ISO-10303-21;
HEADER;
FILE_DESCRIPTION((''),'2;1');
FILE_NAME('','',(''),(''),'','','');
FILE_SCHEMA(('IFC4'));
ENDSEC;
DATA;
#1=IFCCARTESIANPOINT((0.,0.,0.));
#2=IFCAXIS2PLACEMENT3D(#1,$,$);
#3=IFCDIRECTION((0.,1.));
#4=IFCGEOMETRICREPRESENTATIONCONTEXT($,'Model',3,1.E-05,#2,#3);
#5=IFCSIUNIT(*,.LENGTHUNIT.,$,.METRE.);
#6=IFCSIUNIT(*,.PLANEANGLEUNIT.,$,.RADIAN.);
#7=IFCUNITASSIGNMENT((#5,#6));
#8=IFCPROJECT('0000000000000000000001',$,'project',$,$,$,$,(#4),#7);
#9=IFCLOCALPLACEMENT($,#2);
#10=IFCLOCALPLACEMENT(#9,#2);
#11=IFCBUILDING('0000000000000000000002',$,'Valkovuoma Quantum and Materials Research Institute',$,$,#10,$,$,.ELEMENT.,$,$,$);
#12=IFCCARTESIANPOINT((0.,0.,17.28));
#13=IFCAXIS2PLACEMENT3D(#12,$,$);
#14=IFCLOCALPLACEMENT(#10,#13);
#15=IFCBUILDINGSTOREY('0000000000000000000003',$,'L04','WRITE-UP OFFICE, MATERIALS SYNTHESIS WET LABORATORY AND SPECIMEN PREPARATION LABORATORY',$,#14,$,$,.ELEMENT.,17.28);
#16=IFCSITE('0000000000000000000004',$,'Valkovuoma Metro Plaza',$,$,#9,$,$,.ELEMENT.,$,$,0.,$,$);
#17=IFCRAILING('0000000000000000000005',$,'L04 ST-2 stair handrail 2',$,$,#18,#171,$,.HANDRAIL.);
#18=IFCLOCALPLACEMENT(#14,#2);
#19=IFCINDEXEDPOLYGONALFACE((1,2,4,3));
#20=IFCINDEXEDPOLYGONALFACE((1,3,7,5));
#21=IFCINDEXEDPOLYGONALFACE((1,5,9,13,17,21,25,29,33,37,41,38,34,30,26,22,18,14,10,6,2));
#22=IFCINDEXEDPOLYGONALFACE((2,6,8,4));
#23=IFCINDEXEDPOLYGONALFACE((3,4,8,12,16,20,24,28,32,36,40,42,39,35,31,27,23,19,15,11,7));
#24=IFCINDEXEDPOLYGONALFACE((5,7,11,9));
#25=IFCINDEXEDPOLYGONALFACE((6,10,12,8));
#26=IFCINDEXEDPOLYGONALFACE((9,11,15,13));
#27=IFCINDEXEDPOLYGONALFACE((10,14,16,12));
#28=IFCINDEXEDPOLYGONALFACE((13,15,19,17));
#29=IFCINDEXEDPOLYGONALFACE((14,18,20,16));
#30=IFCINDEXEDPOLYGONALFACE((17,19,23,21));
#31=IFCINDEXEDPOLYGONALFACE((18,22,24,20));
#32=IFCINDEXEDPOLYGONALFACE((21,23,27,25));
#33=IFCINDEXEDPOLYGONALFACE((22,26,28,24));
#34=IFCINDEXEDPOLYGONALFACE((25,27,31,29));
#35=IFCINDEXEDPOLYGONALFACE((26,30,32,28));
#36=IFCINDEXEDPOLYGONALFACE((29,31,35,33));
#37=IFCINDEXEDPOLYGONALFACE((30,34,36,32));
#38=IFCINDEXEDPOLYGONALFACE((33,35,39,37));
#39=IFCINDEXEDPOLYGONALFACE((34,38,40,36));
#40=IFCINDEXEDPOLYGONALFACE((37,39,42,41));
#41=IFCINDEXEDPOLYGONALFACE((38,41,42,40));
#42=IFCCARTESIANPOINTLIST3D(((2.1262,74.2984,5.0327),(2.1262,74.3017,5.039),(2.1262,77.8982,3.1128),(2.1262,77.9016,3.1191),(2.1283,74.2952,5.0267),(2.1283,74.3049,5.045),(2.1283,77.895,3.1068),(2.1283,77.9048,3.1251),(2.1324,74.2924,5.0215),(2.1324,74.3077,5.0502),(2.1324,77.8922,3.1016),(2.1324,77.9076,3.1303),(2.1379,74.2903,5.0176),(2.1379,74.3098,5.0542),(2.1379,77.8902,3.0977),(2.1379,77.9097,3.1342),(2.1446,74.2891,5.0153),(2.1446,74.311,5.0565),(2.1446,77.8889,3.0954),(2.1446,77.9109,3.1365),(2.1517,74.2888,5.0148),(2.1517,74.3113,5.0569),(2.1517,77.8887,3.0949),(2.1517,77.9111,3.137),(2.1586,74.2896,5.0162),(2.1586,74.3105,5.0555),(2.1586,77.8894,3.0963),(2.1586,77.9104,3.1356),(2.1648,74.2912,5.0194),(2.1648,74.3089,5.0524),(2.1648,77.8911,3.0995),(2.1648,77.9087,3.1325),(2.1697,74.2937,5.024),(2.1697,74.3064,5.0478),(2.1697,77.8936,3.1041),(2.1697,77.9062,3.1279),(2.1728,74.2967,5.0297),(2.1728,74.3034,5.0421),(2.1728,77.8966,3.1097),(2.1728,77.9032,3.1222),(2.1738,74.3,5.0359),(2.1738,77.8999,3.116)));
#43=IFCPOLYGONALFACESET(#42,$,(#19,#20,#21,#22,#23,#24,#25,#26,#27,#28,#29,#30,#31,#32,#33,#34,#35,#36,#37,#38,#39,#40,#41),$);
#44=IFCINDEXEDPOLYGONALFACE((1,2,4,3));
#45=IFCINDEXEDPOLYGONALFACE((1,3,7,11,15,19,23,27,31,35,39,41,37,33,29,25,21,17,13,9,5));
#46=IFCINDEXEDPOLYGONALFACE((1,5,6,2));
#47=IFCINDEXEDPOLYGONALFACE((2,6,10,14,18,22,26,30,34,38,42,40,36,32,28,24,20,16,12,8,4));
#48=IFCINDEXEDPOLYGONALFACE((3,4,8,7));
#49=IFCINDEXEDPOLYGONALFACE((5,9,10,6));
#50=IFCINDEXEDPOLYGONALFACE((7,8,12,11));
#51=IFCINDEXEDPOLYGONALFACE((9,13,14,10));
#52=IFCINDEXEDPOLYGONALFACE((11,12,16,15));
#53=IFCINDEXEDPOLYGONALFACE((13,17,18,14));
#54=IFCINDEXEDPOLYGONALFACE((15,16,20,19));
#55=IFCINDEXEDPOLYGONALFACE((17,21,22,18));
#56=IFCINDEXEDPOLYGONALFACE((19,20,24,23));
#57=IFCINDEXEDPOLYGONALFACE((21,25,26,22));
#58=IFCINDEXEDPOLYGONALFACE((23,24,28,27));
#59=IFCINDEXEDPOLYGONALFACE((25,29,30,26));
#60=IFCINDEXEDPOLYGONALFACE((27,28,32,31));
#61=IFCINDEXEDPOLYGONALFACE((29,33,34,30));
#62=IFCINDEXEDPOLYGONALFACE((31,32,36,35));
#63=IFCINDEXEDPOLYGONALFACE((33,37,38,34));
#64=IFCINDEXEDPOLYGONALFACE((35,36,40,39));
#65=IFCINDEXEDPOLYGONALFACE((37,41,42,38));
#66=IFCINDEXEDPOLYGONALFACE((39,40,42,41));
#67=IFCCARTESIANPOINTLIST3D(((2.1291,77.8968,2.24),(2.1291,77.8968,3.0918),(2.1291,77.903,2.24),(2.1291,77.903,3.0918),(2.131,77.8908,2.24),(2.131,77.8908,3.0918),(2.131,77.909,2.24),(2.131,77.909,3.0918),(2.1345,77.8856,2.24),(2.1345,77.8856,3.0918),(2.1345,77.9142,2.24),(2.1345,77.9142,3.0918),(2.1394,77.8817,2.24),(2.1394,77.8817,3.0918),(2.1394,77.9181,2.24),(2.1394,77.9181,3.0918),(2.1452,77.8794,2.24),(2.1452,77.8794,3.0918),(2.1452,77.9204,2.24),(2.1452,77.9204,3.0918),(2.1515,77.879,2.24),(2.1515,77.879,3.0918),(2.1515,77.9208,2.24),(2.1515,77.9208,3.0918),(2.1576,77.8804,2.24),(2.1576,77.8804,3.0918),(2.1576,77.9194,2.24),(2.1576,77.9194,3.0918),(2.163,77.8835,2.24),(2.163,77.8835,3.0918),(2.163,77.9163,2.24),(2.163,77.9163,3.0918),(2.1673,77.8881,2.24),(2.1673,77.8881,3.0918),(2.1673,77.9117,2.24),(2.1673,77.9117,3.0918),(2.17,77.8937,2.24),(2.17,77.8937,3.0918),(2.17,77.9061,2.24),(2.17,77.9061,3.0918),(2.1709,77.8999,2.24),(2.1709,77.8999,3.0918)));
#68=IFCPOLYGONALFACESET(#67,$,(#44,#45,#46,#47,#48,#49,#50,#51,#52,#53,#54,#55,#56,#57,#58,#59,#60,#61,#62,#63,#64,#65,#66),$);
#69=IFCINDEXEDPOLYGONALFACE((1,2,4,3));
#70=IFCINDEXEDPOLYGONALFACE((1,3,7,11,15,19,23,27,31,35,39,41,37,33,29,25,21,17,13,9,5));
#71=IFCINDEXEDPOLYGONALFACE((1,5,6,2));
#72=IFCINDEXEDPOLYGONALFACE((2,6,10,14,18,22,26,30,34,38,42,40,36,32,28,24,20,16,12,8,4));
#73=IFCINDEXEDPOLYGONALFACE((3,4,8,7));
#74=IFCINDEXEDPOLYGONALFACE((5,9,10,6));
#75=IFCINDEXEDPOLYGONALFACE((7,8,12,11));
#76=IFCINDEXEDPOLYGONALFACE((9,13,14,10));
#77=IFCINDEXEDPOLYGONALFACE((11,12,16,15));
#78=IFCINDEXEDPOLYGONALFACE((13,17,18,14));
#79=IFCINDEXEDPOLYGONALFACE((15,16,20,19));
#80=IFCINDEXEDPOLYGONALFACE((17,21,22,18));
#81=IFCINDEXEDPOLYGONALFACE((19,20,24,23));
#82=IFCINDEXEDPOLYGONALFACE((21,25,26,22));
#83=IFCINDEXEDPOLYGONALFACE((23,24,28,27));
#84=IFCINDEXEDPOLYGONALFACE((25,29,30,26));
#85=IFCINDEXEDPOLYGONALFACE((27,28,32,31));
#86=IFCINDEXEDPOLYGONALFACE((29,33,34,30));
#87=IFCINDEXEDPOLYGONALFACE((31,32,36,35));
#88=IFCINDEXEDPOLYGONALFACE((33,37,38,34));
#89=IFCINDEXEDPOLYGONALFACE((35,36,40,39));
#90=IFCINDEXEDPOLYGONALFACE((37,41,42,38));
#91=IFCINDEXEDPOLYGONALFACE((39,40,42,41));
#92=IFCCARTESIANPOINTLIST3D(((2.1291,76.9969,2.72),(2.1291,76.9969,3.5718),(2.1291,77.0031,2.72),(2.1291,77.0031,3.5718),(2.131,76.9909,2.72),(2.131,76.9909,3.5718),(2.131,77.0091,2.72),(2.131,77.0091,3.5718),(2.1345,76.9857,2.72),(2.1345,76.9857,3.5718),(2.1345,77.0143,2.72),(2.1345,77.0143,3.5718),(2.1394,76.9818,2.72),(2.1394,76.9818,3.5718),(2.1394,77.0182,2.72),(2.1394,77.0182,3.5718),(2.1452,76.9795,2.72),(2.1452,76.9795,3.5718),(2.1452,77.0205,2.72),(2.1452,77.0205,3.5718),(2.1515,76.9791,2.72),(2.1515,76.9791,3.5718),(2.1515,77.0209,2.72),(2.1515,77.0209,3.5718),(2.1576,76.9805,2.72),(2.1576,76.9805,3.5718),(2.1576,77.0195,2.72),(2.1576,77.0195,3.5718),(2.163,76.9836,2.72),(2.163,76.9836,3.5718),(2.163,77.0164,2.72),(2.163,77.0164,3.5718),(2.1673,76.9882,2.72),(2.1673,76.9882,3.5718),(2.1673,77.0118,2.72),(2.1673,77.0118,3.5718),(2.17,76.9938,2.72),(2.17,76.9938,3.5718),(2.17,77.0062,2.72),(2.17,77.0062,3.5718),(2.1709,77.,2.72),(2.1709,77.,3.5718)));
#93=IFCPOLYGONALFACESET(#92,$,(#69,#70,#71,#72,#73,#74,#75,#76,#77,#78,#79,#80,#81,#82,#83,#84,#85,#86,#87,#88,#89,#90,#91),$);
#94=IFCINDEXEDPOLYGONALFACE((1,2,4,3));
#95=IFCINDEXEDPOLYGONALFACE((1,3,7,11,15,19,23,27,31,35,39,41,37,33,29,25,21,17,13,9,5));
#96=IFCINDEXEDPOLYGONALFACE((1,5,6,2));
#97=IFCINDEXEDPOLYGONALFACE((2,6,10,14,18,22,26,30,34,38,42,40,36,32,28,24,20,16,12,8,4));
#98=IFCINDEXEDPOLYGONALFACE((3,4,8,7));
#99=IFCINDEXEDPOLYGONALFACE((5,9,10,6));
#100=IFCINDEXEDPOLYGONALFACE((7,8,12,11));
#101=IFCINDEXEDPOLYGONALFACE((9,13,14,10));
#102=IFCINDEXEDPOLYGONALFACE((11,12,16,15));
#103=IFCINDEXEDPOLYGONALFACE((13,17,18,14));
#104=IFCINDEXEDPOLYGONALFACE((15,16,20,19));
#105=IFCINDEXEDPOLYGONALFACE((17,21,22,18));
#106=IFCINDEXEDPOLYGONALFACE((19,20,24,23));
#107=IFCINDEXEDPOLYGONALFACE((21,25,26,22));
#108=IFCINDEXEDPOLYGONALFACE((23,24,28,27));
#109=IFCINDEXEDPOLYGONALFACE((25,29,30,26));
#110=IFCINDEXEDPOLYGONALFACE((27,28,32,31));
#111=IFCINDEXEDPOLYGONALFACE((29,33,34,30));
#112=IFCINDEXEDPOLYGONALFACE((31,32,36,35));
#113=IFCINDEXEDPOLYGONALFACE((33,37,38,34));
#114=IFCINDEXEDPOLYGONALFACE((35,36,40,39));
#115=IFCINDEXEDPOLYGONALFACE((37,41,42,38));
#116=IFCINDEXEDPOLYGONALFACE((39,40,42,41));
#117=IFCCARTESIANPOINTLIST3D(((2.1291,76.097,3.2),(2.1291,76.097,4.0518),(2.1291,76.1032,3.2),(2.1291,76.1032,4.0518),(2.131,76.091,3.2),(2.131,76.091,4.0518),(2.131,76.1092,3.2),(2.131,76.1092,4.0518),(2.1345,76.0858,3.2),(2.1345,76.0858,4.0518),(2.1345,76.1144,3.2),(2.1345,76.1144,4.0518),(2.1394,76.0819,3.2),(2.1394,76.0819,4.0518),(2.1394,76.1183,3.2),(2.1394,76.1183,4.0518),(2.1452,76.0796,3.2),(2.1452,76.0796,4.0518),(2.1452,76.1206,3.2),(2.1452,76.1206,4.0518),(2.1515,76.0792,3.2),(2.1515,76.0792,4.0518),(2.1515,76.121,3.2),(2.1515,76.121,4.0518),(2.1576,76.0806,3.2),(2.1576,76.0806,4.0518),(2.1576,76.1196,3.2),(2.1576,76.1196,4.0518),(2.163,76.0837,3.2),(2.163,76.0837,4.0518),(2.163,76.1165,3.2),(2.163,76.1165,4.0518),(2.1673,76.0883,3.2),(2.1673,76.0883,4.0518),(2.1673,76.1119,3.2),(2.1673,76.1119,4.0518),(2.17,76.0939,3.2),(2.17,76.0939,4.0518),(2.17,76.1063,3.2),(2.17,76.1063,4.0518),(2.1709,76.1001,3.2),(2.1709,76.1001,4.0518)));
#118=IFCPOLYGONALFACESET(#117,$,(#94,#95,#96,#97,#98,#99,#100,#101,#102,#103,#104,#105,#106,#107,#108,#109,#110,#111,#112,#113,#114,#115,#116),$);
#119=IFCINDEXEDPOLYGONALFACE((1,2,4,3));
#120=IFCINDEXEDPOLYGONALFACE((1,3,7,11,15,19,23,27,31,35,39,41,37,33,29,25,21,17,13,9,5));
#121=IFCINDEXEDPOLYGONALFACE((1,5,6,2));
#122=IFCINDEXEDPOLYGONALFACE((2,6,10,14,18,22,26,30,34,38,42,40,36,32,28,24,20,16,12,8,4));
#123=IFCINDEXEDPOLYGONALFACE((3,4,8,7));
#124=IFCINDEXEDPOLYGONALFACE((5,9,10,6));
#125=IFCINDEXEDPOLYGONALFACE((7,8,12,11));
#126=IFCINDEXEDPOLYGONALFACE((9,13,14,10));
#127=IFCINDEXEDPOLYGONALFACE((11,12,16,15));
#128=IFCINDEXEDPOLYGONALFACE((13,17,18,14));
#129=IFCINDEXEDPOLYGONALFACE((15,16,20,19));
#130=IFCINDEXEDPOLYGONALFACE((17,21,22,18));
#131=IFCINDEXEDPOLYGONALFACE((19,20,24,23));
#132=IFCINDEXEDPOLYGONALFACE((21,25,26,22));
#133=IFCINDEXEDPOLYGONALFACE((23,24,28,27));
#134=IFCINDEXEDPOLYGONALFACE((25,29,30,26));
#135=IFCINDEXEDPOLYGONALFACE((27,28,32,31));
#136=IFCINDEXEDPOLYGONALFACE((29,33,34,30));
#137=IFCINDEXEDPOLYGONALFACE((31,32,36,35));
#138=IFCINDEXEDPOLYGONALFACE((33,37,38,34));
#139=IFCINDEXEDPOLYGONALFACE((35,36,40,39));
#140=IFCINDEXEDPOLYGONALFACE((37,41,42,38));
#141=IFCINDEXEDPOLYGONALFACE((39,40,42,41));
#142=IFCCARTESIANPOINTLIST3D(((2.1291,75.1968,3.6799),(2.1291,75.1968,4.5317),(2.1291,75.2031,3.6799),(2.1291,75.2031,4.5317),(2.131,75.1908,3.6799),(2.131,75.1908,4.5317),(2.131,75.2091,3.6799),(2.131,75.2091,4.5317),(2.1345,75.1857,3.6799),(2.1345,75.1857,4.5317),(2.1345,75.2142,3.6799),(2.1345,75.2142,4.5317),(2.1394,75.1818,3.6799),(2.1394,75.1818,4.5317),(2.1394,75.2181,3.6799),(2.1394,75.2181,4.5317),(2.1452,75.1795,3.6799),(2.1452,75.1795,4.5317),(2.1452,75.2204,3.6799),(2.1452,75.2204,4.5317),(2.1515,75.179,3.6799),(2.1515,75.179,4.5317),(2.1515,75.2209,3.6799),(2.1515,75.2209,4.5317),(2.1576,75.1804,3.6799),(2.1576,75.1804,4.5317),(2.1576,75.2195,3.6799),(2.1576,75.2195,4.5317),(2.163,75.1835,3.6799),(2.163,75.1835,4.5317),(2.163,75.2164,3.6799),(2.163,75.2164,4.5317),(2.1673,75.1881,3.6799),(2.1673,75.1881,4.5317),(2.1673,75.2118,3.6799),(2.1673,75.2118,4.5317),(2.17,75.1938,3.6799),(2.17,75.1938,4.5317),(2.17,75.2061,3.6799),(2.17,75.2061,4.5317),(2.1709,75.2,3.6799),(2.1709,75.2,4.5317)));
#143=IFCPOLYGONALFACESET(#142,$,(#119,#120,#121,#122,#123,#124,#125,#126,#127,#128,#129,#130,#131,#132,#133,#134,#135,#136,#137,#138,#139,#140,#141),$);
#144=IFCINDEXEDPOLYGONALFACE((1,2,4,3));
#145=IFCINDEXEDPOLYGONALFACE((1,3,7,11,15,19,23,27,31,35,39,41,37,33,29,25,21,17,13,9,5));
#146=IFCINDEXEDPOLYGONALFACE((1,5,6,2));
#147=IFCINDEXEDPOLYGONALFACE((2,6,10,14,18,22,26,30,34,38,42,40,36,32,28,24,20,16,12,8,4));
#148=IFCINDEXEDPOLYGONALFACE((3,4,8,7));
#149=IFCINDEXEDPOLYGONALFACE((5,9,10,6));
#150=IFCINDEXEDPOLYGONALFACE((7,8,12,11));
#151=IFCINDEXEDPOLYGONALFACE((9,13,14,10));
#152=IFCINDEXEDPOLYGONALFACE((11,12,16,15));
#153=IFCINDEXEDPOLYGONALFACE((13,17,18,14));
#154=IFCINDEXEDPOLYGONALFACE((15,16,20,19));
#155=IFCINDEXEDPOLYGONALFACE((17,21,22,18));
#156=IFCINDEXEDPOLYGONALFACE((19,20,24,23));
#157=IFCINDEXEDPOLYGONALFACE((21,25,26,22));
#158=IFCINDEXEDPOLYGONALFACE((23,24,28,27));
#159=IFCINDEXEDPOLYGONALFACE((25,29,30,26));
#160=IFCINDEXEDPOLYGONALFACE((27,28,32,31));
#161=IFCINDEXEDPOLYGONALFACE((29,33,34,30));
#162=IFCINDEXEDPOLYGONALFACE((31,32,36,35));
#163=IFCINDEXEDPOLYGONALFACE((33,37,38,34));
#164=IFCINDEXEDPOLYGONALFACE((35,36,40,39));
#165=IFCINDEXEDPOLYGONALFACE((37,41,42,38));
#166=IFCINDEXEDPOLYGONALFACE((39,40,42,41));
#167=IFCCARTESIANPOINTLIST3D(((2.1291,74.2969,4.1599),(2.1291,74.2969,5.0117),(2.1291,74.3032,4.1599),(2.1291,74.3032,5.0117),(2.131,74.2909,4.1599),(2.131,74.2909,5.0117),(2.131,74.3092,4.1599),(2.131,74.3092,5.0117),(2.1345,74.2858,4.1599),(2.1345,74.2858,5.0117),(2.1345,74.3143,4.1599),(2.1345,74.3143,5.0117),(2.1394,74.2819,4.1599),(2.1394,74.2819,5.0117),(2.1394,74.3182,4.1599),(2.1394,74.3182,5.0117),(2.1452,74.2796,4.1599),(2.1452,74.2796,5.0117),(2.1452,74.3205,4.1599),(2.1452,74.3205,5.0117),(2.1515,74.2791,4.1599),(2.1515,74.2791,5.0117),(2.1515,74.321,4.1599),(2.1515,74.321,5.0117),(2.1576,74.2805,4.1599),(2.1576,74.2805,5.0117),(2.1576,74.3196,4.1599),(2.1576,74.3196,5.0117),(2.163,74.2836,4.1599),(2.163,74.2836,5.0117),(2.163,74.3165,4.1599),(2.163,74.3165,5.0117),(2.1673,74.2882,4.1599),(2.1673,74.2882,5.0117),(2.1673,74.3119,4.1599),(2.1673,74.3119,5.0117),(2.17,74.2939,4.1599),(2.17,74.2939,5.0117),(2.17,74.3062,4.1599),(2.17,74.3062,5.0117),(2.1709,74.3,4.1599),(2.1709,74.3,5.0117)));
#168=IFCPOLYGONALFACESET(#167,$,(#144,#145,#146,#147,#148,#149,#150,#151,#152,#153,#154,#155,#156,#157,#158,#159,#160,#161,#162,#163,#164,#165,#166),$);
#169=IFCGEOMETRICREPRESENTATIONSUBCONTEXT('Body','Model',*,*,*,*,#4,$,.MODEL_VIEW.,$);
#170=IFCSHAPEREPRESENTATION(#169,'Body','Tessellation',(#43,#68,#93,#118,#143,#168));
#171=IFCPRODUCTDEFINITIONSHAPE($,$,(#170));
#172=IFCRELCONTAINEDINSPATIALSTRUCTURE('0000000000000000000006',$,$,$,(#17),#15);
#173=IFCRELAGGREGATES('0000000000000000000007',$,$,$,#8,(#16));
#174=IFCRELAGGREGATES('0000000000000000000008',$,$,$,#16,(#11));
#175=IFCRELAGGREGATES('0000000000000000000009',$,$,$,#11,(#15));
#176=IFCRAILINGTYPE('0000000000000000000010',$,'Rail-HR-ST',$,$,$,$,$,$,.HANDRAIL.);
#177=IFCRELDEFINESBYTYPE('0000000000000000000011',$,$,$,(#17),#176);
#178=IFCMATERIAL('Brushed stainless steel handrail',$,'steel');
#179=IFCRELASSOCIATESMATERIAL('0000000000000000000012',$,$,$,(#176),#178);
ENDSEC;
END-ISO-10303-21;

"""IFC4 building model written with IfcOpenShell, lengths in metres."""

from ifc_helpers import new_model, si_unit, direction, frame, origin, origin_2d, place, context, subcontext, project, spatial, circle, extrude, material, type_object, element, save


model = new_model("IFC4")

# Units and contexts
model_context = context("Model", 3, precision=1e-05, world=origin(), true_north=direction((0.0, 1.0)))
body_context = subcontext(model_context, "Body", "Model", "MODEL_VIEW")
ifc_project = project(units=[si_unit("LENGTHUNIT", "METRE"), si_unit("PLANEANGLEUNIT", "RADIAN")], contexts=[model_context])

# Site, building, storey
site_placement = place(None, origin())
site = spatial("IfcSite", under=ifc_project, at=site_placement, Name="Valkovuoma Metro Plaza", CompositionType="ELEMENT", RefElevation=0.0)
building_placement = place(site_placement, origin())
building = spatial("IfcBuilding", under=site, at=building_placement, Name="Valkovuoma Quantum and Materials Research Institute", CompositionType="ELEMENT")
storey_placement = place(building_placement, frame((0.0, 0.0, 17.28)))
storey = spatial("IfcBuildingStorey", under=building, at=storey_placement, Name="L04", Description="WRITE-UP OFFICE, MATERIALS SYNTHESIS WET LABORATORY AND SPECIMEN PREPARATION LABORATORY", CompositionType="ELEMENT", Elevation=17.28)

# Railing
ifc_material_1 = material(Name="Brushed stainless steel handrail", Category="steel")
railing_type_1 = type_object("IfcRailingType", Name="Rail-HR-ST", PredefinedType="HANDRAIL", material=ifc_material_1)
railing_1_placement = place(storey_placement, frame((2.1499, 77.8999, 2.24)))
element("IfcRailing", 1, at=railing_1_placement, inside=storey, type_object=railing_type_1, Name="L04 ST-2 stair handrail 2", PredefinedType="HANDRAIL", context=body_context, shape_type="SweptSolid", body=[
    extrude(circle(Radius=0.0239, at=origin_2d()), frame((0.0, 0.0, 0.876), z_axis=(0.0, -0.882353, 0.470588), x_axis=(1.0, 0.0, 0.0)), (0.0, 0.0, 1.0), 4.0798),
    extrude(circle(Radius=0.021, at=origin_2d()), origin(), (0.0, 0.0, 1.0), 0.8518),
    extrude(circle(Radius=0.021, at=origin_2d()), frame((0.0, -0.8999, 0.48)), (0.0, 0.0, 1.0), 0.8518),
    extrude(circle(Radius=0.021, at=origin_2d()), frame((0.0, -1.7998, 0.96)), (0.0, 0.0, 1.0), 0.8518),
    extrude(circle(Radius=0.021, at=origin_2d()), frame((0.0, -2.7, 1.4399)), (0.0, 0.0, 1.0), 0.8518),
    extrude(circle(Radius=0.021, at=origin_2d()), frame((0.0, -3.5999, 1.9199)), (0.0, 0.0, 1.0), 0.8518),
])

save(model, "model.ifc")
